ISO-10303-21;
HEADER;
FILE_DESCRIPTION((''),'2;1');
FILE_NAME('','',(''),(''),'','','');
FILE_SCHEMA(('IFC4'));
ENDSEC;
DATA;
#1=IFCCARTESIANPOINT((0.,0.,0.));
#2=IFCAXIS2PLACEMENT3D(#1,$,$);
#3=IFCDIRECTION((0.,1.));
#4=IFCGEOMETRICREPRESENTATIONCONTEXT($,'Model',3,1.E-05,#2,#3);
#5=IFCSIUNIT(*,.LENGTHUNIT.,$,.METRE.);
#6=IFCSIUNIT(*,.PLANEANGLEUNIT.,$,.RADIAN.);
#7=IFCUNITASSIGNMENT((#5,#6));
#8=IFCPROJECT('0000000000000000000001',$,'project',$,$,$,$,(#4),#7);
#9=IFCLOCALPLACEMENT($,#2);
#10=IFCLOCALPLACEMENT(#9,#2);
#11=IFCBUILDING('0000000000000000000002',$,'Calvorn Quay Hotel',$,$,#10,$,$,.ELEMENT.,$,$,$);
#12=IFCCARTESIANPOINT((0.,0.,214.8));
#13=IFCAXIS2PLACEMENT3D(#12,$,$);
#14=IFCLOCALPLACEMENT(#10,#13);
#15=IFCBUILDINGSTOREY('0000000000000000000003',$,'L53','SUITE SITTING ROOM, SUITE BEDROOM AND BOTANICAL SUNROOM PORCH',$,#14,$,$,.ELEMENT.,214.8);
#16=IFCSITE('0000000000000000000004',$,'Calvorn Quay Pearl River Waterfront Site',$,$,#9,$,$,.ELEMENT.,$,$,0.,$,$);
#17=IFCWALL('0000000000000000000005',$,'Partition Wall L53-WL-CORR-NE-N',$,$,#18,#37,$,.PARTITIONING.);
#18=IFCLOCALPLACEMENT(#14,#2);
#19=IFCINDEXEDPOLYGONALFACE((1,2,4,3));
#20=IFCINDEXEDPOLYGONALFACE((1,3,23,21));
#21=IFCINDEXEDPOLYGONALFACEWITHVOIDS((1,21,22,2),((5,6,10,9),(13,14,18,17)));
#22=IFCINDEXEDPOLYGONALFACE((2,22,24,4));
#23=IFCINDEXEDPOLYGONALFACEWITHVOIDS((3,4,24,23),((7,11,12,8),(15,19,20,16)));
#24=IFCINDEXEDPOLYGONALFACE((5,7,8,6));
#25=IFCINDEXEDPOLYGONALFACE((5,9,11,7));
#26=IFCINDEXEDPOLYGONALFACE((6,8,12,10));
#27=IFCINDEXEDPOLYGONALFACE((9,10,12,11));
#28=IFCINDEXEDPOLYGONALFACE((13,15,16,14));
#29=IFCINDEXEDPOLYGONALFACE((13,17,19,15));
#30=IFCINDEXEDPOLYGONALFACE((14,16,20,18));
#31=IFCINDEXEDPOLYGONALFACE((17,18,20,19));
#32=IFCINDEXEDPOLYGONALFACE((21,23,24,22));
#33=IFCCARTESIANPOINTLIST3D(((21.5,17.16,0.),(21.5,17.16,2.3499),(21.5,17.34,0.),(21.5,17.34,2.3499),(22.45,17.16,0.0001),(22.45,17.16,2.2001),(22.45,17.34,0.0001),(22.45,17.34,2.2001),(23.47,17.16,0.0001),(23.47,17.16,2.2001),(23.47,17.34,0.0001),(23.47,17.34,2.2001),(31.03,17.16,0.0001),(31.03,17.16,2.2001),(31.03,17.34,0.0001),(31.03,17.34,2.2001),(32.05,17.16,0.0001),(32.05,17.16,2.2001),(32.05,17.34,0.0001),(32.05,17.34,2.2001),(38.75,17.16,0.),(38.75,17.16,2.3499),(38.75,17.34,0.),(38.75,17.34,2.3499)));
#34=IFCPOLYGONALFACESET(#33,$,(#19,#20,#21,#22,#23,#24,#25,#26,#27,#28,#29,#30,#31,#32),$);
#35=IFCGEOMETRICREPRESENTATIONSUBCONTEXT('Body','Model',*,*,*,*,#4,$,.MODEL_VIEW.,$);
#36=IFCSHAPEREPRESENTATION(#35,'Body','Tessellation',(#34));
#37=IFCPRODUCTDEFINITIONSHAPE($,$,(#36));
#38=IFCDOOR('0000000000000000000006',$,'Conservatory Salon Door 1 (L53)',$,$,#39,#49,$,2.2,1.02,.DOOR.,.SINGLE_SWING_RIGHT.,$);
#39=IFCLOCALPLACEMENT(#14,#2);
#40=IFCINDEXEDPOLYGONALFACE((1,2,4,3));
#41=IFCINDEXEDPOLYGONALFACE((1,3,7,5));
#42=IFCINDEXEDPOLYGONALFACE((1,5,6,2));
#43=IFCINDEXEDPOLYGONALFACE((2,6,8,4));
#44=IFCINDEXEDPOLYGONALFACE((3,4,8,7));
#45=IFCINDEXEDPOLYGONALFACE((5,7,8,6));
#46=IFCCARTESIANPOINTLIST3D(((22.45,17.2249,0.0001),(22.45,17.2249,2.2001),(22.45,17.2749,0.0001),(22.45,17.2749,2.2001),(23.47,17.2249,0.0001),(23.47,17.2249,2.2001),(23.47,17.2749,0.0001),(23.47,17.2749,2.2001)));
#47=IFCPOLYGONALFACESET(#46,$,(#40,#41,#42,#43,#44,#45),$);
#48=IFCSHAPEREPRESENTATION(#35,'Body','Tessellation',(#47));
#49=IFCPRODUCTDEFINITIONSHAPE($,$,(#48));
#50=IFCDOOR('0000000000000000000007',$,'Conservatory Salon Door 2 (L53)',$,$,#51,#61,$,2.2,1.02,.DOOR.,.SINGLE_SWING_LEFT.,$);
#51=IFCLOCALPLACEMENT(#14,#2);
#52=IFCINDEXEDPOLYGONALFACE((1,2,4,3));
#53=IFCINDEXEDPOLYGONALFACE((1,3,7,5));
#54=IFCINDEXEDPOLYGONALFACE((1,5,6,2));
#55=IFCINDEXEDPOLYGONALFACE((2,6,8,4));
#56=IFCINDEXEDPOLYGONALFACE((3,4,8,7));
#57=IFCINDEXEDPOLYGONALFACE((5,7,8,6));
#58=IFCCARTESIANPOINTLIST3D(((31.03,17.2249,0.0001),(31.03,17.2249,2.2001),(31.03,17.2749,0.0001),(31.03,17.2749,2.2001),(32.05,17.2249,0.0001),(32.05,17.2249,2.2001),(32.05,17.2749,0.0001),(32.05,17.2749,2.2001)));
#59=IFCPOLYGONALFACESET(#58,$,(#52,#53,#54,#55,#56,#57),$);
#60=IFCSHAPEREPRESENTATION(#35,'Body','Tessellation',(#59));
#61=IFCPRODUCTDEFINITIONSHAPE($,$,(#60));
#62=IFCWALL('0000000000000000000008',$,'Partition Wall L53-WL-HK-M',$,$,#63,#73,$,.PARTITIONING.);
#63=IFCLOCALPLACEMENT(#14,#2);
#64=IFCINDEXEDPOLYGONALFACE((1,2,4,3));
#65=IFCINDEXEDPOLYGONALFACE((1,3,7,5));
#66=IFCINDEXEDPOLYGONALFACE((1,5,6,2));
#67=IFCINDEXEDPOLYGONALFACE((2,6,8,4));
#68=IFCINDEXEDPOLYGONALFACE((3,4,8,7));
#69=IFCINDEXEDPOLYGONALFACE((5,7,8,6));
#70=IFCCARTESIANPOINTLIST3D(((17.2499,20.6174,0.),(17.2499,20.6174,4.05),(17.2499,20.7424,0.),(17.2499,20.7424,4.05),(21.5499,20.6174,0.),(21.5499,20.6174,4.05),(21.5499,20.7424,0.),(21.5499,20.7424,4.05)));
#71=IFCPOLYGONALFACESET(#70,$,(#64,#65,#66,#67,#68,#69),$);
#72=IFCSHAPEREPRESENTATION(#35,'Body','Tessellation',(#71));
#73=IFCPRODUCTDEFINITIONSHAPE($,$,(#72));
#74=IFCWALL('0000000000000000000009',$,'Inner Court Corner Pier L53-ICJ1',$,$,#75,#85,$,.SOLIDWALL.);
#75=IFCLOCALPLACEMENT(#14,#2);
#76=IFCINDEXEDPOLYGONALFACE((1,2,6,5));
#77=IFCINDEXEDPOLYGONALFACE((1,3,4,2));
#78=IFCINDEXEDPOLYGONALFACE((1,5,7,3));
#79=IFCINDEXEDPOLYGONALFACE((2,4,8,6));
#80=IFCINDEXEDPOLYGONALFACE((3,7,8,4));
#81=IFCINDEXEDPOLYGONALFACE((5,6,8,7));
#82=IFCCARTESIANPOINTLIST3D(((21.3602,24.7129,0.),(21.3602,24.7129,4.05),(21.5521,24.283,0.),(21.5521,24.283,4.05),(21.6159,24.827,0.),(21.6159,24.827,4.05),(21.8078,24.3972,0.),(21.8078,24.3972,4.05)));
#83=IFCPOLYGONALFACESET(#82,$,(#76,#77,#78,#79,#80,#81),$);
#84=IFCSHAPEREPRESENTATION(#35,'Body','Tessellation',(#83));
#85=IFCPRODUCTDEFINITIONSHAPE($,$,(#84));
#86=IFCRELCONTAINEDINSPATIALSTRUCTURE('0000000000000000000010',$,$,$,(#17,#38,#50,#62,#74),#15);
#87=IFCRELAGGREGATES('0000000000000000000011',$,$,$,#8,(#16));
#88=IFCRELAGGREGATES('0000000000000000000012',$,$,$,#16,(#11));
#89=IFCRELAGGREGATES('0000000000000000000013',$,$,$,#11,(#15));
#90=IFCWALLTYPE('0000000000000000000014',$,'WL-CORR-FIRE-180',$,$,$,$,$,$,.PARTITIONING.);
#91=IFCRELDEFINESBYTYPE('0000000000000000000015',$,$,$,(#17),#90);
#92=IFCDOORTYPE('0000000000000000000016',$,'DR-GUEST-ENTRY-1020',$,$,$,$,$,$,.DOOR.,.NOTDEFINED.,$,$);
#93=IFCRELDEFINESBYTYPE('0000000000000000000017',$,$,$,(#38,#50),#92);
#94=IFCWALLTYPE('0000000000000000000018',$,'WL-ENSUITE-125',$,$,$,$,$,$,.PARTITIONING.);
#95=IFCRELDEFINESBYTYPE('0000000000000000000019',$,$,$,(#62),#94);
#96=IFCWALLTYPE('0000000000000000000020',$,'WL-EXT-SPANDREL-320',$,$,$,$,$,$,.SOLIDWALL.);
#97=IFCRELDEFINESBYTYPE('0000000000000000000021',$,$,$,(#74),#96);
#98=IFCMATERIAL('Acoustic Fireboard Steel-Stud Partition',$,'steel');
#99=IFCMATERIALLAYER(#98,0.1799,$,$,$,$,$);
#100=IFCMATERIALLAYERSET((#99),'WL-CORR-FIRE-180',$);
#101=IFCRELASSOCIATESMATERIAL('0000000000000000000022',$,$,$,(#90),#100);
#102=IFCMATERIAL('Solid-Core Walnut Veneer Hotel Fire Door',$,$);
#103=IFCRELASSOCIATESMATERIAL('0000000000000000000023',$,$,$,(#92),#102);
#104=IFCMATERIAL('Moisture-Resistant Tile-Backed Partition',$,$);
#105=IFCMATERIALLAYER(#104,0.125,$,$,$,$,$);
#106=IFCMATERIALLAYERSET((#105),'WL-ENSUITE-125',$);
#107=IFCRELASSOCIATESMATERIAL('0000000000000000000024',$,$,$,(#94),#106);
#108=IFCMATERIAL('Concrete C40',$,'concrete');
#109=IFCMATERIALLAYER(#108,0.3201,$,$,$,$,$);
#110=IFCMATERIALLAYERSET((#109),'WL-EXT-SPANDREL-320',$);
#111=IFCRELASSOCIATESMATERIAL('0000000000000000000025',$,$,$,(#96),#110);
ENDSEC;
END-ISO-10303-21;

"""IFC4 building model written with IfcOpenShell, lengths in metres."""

from ifc_helpers import new_model, si_unit, direction, frame, frame_2d, origin, place, context, subcontext, project, spatial, rectangle, extrude, material, layer, layer_set, type_object, element, fill, save


model = new_model("IFC4")

# Units and contexts
model_context = context("Model", 3, precision=1e-05, world=origin(), true_north=direction((0.0, 1.0)))
body_context = subcontext(model_context, "Body", "Model", "MODEL_VIEW")
ifc_project = project(units=[si_unit("LENGTHUNIT", "METRE"), si_unit("PLANEANGLEUNIT", "RADIAN")], contexts=[model_context])

# Site, building, storey
site_placement = place(None, origin())
site = spatial("IfcSite", under=ifc_project, at=site_placement, Name="Calvorn Quay Pearl River Waterfront Site", CompositionType="ELEMENT", RefElevation=0.0)
building_placement = place(site_placement, origin())
building = spatial("IfcBuilding", under=site, at=building_placement, Name="Calvorn Quay Hotel", CompositionType="ELEMENT")
storey_placement = place(building_placement, frame((0.0, 0.0, 214.8)))
storey = spatial("IfcBuildingStorey", under=building, at=storey_placement, Name="L53", Description="SUITE SITTING ROOM, SUITE BEDROOM AND BOTANICAL SUNROOM PORCH", CompositionType="ELEMENT", Elevation=214.8)

# Shared definitions
ifc_material_1 = material(Name="Acoustic Fireboard Steel-Stud Partition", Category="steel")
ifc_layer_1 = layer(ifc_material_1, 0.1799)
ifc_layer_set_1 = layer_set([ifc_layer_1], Name="WL-CORR-FIRE-180")
wall_type_1 = type_object("IfcWallType", Name="WL-CORR-FIRE-180", PredefinedType="PARTITIONING", material=ifc_layer_set_1)
ifc_material_2 = material(Name="Solid-Core Walnut Veneer Hotel Fire Door")
door_type_1 = type_object("IfcDoorType", Name="DR-GUEST-ENTRY-1020", OperationType="NOTDEFINED", PredefinedType="DOOR", material=ifc_material_2)

# Wall, openings, doors
wall_1_placement = place(storey_placement, frame((21.5, 17.25, 0.0), z_axis=(0.0, 0.0, 1.0), x_axis=(1.0, 0.0, 0.0)))
wall_1 = element("IfcWall", 1, at=wall_1_placement, inside=storey, type_object=wall_type_1, Name="Partition Wall L53-WL-CORR-NE-N", PredefinedType="PARTITIONING", context=body_context, shape_type="SweptSolid", body=[
    extrude(rectangle(XDim=17.25, YDim=0.1799, at=frame_2d((8.625, 0.0))), origin(), (0.0, 0.0, 1.0), 2.3499),
])
opening_1_placement = place(wall_1_placement, frame((0.95, 0.0, 0.0)))
opening_1 = element("IfcOpeningElement", 2, at=opening_1_placement, cuts=wall_1, PredefinedType="OPENING", context=body_context, shape_type="SweptSolid", body=[
    extrude(rectangle(XDim=1.02, YDim=2.2, at=frame_2d((0.51, 1.1001))), frame((0.0, 0.0999, 0.0), z_axis=(0.0, -1.0, 0.0), x_axis=(1.0, 0.0, 0.0)), (0.0, 0.0, 1.0), 0.2),
])
opening_2_placement = place(wall_1_placement, frame((9.53, 0.0, 0.0)))
opening_2 = element("IfcOpeningElement", 3, at=opening_2_placement, cuts=wall_1, PredefinedType="OPENING", context=body_context, shape_type="SweptSolid", body=[
    extrude(rectangle(XDim=1.02, YDim=2.2, at=frame_2d((0.51, 1.1001))), frame((0.0, 0.0999, 0.0), z_axis=(0.0, -1.0, 0.0), x_axis=(1.0, 0.0, 0.0)), (0.0, 0.0, 1.0), 0.2),
])
door_1_placement = place(opening_1_placement, origin())
door_1 = element("IfcDoor", 4, at=door_1_placement, inside=storey, type_object=door_type_1, Name="Conservatory Salon Door 1 (L53)", OperationType="SINGLE_SWING_RIGHT", OverallHeight=2.2, OverallWidth=1.02, PredefinedType="DOOR", context=body_context, shape_type="SweptSolid", body=[
    extrude(rectangle(XDim=1.02, YDim=2.2, at=frame_2d((0.51, 1.1001))), frame((0.0, 0.0249, 0.0), z_axis=(0.0, -1.0, 0.0), x_axis=(1.0, 0.0, 0.0)), (0.0, 0.0, 1.0), 0.05),
])
fill(opening_1, door_1)
door_2_placement = place(opening_2_placement, origin())
door_2 = element("IfcDoor", 5, at=door_2_placement, inside=storey, type_object=door_type_1, Name="Conservatory Salon Door 2 (L53)", OperationType="SINGLE_SWING_LEFT", OverallHeight=2.2, OverallWidth=1.02, PredefinedType="DOOR", context=body_context, shape_type="SweptSolid", body=[
    extrude(rectangle(XDim=1.02, YDim=2.2, at=frame_2d((0.51, 1.1001))), frame((0.0, 0.0249, 0.0), z_axis=(0.0, -1.0, 0.0), x_axis=(1.0, 0.0, 0.0)), (0.0, 0.0, 1.0), 0.05),
])
fill(opening_2, door_2)

# Walls
ifc_material_3 = material(Name="Moisture-Resistant Tile-Backed Partition")
ifc_layer_2 = layer(ifc_material_3, 0.125)
ifc_layer_set_2 = layer_set([ifc_layer_2], Name="WL-ENSUITE-125")
wall_type_2 = type_object("IfcWallType", Name="WL-ENSUITE-125", PredefinedType="PARTITIONING", material=ifc_layer_set_2)
wall_2_placement = place(storey_placement, frame((17.25, 20.6799, 0.0), z_axis=(0.0, 0.0, 1.0), x_axis=(1.0, 0.0, 0.0)))
element("IfcWall", 6, at=wall_2_placement, inside=storey, type_object=wall_type_2, Name="Partition Wall L53-WL-HK-M", PredefinedType="PARTITIONING", context=body_context, shape_type="SweptSolid", body=[
    extrude(rectangle(XDim=4.3, YDim=0.125, at=frame_2d((2.1499, 0.0))), origin(), (0.0, 0.0, 1.0), 4.05),
])
ifc_material_4 = material(Name="Concrete C40", Category="concrete")
ifc_layer_3 = layer(ifc_material_4, 0.3201)
ifc_layer_set_3 = layer_set([ifc_layer_3], Name="WL-EXT-SPANDREL-320")
wall_type_3 = type_object("IfcWallType", Name="WL-EXT-SPANDREL-320", PredefinedType="SOLIDWALL", material=ifc_layer_set_3)
wall_3_placement = place(storey_placement, frame((21.6799, 24.3401, 0.0), z_axis=(0.0, 0.0, 1.0), x_axis=(-0.407581, 0.913169, 0.0)))
element("IfcWall", 7, at=wall_3_placement, inside=storey, type_object=wall_type_3, Name="Inner Court Corner Pier L53-ICJ1", PredefinedType="SOLIDWALL", context=body_context, shape_type="SweptSolid", body=[
    extrude(rectangle(XDim=0.4707, YDim=0.28, at=frame_2d((0.2354, 0.0))), origin(), (0.0, 0.0, 1.0), 4.05),
])

save(model, "model.ifc")
